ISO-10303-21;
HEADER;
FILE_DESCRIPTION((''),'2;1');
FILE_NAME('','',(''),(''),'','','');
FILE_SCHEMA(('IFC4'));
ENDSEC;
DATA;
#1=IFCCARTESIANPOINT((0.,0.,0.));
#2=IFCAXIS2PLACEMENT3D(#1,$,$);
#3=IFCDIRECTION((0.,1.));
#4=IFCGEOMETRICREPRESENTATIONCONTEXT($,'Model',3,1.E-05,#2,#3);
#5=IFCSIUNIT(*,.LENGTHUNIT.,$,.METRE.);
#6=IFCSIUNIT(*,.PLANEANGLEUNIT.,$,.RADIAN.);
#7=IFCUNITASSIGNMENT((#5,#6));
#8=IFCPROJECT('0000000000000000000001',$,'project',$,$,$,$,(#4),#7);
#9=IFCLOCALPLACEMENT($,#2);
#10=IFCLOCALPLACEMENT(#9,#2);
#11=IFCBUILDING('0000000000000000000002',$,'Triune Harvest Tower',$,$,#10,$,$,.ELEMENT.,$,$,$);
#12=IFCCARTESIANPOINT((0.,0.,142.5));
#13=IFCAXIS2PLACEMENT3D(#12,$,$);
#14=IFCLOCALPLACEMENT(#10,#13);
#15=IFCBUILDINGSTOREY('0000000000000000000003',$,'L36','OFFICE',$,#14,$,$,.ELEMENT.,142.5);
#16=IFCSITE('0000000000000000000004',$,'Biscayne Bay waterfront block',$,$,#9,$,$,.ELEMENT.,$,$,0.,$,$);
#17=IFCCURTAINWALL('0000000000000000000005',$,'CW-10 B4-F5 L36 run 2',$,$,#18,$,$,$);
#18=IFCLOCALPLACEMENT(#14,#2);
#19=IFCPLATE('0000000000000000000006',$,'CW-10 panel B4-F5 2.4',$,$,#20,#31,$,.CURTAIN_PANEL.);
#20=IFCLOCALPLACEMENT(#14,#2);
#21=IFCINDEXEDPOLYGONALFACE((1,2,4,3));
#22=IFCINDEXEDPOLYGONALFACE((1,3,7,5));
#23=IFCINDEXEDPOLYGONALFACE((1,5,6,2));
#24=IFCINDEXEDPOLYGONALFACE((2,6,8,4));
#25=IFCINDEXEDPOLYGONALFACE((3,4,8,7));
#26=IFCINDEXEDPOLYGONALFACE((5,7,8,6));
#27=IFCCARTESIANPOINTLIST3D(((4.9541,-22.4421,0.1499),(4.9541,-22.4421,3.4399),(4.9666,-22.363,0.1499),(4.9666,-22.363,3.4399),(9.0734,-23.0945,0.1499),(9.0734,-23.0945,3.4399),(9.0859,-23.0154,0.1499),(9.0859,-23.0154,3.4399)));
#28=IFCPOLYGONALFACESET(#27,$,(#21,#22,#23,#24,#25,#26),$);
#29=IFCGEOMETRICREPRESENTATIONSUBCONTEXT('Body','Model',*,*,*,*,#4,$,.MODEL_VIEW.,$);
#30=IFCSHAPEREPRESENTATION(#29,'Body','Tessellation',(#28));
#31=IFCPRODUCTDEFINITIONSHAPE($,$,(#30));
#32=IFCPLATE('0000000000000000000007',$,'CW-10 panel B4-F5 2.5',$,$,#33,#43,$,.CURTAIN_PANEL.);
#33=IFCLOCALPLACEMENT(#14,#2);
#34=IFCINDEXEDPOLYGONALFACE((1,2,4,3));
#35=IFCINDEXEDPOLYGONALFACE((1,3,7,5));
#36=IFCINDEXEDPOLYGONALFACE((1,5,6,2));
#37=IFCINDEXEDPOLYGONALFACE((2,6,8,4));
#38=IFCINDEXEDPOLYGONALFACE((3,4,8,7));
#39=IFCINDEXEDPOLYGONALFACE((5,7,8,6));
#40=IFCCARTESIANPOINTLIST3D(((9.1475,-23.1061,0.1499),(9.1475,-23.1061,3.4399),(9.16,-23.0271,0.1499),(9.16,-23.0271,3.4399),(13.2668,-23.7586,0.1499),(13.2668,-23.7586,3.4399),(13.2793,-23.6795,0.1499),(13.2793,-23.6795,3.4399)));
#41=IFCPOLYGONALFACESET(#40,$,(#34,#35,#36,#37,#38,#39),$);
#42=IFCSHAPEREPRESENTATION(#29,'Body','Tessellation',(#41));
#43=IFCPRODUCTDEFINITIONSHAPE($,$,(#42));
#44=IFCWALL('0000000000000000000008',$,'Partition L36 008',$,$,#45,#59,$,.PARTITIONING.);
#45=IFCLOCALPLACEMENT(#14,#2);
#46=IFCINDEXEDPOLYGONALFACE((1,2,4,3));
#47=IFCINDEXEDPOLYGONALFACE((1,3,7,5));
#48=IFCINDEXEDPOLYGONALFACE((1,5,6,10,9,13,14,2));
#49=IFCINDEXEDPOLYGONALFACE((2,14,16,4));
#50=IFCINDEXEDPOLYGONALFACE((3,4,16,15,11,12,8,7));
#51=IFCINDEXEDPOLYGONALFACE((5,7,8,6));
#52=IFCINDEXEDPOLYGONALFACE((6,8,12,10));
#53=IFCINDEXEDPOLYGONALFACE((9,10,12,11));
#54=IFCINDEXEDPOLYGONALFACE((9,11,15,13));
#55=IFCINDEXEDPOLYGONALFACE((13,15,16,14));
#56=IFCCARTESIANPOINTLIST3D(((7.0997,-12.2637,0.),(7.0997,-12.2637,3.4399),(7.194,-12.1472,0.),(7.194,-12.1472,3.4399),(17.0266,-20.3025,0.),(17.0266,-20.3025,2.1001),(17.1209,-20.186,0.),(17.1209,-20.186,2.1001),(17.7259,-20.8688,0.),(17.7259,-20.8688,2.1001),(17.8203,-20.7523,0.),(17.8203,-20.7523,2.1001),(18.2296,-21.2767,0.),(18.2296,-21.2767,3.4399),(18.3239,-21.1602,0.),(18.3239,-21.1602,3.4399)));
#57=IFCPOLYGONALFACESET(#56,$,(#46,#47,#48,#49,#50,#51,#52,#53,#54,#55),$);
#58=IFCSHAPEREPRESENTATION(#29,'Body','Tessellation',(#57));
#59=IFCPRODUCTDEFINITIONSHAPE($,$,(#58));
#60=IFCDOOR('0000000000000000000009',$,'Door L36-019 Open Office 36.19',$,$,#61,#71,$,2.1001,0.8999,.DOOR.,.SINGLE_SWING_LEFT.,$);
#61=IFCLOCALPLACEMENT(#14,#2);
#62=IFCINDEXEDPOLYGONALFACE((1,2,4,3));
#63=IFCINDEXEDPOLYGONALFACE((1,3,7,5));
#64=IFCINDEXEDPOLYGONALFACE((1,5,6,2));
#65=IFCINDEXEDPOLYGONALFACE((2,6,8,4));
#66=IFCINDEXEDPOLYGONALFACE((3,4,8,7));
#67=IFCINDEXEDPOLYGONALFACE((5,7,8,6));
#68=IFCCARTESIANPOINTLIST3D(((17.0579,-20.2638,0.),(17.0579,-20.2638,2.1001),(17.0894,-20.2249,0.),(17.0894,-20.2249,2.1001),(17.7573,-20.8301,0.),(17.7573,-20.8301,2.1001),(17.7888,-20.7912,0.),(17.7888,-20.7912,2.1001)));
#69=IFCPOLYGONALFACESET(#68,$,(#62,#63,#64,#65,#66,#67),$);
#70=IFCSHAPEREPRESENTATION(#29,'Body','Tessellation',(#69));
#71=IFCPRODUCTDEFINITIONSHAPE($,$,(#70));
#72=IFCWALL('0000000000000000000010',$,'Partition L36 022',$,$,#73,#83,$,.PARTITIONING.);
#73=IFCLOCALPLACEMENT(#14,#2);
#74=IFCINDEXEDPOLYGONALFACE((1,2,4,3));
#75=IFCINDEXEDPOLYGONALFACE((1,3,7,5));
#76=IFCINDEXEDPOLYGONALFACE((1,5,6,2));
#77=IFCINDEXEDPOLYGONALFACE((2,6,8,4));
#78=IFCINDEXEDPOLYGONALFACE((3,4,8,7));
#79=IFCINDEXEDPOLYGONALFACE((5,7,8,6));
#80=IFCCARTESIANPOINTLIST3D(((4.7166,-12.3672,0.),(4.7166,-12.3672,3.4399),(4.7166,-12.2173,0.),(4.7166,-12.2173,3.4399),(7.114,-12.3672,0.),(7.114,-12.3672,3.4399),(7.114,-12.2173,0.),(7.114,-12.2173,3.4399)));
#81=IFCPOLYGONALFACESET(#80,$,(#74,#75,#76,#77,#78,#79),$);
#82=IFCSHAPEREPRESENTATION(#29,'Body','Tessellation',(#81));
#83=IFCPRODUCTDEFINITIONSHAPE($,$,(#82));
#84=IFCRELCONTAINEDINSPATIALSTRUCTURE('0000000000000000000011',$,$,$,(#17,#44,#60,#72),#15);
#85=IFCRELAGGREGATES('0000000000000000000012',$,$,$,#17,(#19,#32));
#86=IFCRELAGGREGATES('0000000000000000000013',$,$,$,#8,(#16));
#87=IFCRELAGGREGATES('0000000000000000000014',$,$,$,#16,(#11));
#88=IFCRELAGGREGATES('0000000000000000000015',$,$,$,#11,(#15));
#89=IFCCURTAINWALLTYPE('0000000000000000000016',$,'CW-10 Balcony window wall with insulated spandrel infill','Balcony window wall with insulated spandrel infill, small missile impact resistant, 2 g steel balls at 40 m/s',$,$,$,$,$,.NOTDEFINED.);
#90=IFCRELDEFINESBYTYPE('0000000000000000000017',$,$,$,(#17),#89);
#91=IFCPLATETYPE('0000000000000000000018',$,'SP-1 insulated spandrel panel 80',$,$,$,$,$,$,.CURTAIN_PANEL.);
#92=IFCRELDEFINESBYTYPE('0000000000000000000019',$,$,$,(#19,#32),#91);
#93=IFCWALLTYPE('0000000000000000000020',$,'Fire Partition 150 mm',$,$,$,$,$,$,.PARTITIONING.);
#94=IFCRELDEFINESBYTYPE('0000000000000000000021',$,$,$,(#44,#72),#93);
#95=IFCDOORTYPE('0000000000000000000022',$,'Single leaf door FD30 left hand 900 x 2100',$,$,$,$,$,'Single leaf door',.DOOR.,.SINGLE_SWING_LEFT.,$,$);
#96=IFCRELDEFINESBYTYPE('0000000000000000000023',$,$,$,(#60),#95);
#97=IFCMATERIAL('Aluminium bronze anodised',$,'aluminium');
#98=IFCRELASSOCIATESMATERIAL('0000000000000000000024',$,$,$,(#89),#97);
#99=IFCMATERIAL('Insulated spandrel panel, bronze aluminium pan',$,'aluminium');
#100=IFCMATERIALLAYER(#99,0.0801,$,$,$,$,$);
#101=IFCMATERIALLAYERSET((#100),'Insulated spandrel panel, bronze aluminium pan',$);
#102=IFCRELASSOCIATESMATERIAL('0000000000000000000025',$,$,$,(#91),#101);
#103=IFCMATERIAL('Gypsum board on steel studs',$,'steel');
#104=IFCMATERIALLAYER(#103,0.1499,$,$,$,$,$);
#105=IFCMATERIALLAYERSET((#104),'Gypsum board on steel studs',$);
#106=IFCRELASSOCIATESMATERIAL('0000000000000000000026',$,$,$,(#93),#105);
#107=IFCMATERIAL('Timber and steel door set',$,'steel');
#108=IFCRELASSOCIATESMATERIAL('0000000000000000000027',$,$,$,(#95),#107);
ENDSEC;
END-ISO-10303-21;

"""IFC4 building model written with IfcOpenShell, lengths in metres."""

from ifc_helpers import new_model, si_unit, direction, frame, frame_2d, origin, origin_2d, place, context, subcontext, project, spatial, rectangle, extrude, source, transform, mapped, material, layer, layer_set, type_object, element, fill, aggregate, save


model = new_model("IFC4")

# Units and contexts
model_context = context("Model", 3, precision=1e-05, world=origin(), true_north=direction((0.0, 1.0)))
body_context = subcontext(model_context, "Body", "Model", "MODEL_VIEW")
ifc_project = project(units=[si_unit("LENGTHUNIT", "METRE"), si_unit("PLANEANGLEUNIT", "RADIAN")], contexts=[model_context])

# Site, building, storey
site_placement = place(None, origin())
site = spatial("IfcSite", under=ifc_project, at=site_placement, Name="Biscayne Bay waterfront block", CompositionType="ELEMENT", RefElevation=0.0)
building_placement = place(site_placement, origin())
building = spatial("IfcBuilding", under=site, at=building_placement, Name="Triune Harvest Tower", CompositionType="ELEMENT")
storey_placement = place(building_placement, frame((0.0, 0.0, 142.5)))
storey = spatial("IfcBuildingStorey", under=building, at=storey_placement, Name="L36", Description="OFFICE", CompositionType="ELEMENT", Elevation=142.5)

# Curtain wall
ifc_material_1 = material(Name="Aluminium bronze anodised", Category="aluminium")
curtain_wall_type_1 = type_object("IfcCurtainWallType", Name="CW-10 Balcony window wall with insulated spandrel infill", Description="Balcony window wall with insulated spandrel infill, small missile impact resistant, 2 g steel balls at 40 m/s", PredefinedType="NOTDEFINED", material=ifc_material_1)
curtain_wall_1_placement = place(storey_placement, origin())
curtain_wall_1 = element("IfcCurtainWall", 1, at=curtain_wall_1_placement, inside=storey, type_object=curtain_wall_type_1, Name="CW-10 B4-F5 L36 run 2")

# Plates
ifc_material_2 = material(Name="Insulated spandrel panel, bronze aluminium pan", Category="aluminium")
ifc_layer_1 = layer(ifc_material_2, 0.0801)
ifc_layer_set_1 = layer_set([ifc_layer_1], Name="Insulated spandrel panel, bronze aluminium pan")
plate_type = type_object("IfcPlateType", Name="SP-1 insulated spandrel panel 80", PredefinedType="CURTAIN_PANEL", material=ifc_layer_set_1)
shared_shape_1 = source(origin(), body_context, "Body", "SweptSolid", [
    extrude(rectangle(XDim=4.1707, YDim=0.0801, at=origin_2d()), origin(), (0.0, 0.0, 1.0), 3.29),
])
plate_1_placement = place(storey_placement, frame((7.02, -22.7288, 0.1499), z_axis=(0.0, 0.0, 1.0), x_axis=(0.987688, -0.156435, 0.0)))
plate_1 = element("IfcPlate", 2, at=plate_1_placement, type_object=plate_type, Name="CW-10 panel B4-F5 2.4", PredefinedType="CURTAIN_PANEL", context=body_context, shape_type="MappedRepresentation", body=[
    mapped(shared_shape_1, transform((0.0, 0.0, 0.0), scale=1.0)),
])
plate_2_placement = place(storey_placement, frame((11.2134, -23.3928, 0.1499), z_axis=(0.0, 0.0, 1.0), x_axis=(0.987688, -0.156435, 0.0)))
plate_2 = element("IfcPlate", 3, at=plate_2_placement, type_object=plate_type, Name="CW-10 panel B4-F5 2.5", PredefinedType="CURTAIN_PANEL", context=body_context, shape_type="MappedRepresentation", body=[
    mapped(shared_shape_1, transform((0.0, 0.0, 0.0), scale=1.0)),
])
aggregate(curtain_wall_1, [plate_1, plate_2])

# Wall, opening, door
ifc_material_3 = material(Name="Gypsum board on steel studs", Category="steel")
ifc_layer_2 = layer(ifc_material_3, 0.1499)
ifc_layer_set_2 = layer_set([ifc_layer_2], Name="Gypsum board on steel studs")
wall_type = type_object("IfcWallType", Name="Fire Partition 150 mm", PredefinedType="PARTITIONING", material=ifc_layer_set_2)
shared_shape_2 = source(origin(), body_context, "Body", "SweptSolid", [
    extrude(rectangle(XDim=14.3215, YDim=0.1499, at=frame_2d((7.1606, 0.0))), origin(), (0.0, 0.0, 1.0), 3.4399),
])
wall_1_placement = place(storey_placement, frame((7.147, -12.2056, 0.0), z_axis=(0.0, 0.0, 1.0), x_axis=(0.777141, -0.629326, 0.0)))
wall_1 = element("IfcWall", 4, at=wall_1_placement, inside=storey, type_object=wall_type, Name="Partition L36 008", PredefinedType="PARTITIONING", context=body_context, shape_type="MappedRepresentation", body=[
    mapped(shared_shape_2, transform((0.0, 0.0, 0.0), scale=1.0)),
])
opening_placement = place(wall_1_placement, frame((12.7734, 0.0, 0.0)))
opening = element("IfcOpeningElement", 5, at=opening_placement, cuts=wall_1, PredefinedType="OPENING", context=body_context, shape_type="SweptSolid", body=[
    extrude(rectangle(XDim=0.8999, YDim=2.1001, at=frame_2d((0.45, 1.05))), frame((0.0, 0.085, 0.0), z_axis=(0.0, -1.0, 0.0), x_axis=(1.0, 0.0, 0.0)), (0.0, 0.0, 1.0), 0.1699),
])
ifc_material_4 = material(Name="Timber and steel door set", Category="steel")
door_type = type_object("IfcDoorType", Name="Single leaf door FD30 left hand 900 x 2100", ElementType="Single leaf door", OperationType="SINGLE_SWING_LEFT", PredefinedType="DOOR", material=ifc_material_4)
door_placement = place(opening_placement, origin())
door = element("IfcDoor", 6, at=door_placement, inside=storey, type_object=door_type, Name="Door L36-019 Open Office 36.19", OperationType="SINGLE_SWING_LEFT", OverallHeight=2.1001, OverallWidth=0.8999, PredefinedType="DOOR", context=body_context, shape_type="SweptSolid", body=[
    extrude(rectangle(XDim=0.8999, YDim=2.1001, at=frame_2d((0.45, 1.05))), frame((0.0, 0.0249, 0.0), z_axis=(0.0, -1.0, 0.0), x_axis=(1.0, 0.0, 0.0)), (0.0, 0.0, 1.0), 0.05),
])
fill(opening, door)

# Wall
shared_shape_3 = source(origin(), body_context, "Body", "SweptSolid", [
    extrude(rectangle(XDim=2.3975, YDim=0.1499, at=frame_2d((1.1987, 0.0))), origin(), (0.0, 0.0, 1.0), 3.4399),
])
wall_2_placement = place(storey_placement, frame((4.7166, -12.2922, 0.0), z_axis=(0.0, 0.0, 1.0), x_axis=(1.0, 0.0, 0.0)))
element("IfcWall", 7, at=wall_2_placement, inside=storey, type_object=wall_type, Name="Partition L36 022", PredefinedType="PARTITIONING", context=body_context, shape_type="MappedRepresentation", body=[
    mapped(shared_shape_3, transform((0.0, 0.0, 0.0), scale=1.0)),
])

save(model, "model.ifc")
